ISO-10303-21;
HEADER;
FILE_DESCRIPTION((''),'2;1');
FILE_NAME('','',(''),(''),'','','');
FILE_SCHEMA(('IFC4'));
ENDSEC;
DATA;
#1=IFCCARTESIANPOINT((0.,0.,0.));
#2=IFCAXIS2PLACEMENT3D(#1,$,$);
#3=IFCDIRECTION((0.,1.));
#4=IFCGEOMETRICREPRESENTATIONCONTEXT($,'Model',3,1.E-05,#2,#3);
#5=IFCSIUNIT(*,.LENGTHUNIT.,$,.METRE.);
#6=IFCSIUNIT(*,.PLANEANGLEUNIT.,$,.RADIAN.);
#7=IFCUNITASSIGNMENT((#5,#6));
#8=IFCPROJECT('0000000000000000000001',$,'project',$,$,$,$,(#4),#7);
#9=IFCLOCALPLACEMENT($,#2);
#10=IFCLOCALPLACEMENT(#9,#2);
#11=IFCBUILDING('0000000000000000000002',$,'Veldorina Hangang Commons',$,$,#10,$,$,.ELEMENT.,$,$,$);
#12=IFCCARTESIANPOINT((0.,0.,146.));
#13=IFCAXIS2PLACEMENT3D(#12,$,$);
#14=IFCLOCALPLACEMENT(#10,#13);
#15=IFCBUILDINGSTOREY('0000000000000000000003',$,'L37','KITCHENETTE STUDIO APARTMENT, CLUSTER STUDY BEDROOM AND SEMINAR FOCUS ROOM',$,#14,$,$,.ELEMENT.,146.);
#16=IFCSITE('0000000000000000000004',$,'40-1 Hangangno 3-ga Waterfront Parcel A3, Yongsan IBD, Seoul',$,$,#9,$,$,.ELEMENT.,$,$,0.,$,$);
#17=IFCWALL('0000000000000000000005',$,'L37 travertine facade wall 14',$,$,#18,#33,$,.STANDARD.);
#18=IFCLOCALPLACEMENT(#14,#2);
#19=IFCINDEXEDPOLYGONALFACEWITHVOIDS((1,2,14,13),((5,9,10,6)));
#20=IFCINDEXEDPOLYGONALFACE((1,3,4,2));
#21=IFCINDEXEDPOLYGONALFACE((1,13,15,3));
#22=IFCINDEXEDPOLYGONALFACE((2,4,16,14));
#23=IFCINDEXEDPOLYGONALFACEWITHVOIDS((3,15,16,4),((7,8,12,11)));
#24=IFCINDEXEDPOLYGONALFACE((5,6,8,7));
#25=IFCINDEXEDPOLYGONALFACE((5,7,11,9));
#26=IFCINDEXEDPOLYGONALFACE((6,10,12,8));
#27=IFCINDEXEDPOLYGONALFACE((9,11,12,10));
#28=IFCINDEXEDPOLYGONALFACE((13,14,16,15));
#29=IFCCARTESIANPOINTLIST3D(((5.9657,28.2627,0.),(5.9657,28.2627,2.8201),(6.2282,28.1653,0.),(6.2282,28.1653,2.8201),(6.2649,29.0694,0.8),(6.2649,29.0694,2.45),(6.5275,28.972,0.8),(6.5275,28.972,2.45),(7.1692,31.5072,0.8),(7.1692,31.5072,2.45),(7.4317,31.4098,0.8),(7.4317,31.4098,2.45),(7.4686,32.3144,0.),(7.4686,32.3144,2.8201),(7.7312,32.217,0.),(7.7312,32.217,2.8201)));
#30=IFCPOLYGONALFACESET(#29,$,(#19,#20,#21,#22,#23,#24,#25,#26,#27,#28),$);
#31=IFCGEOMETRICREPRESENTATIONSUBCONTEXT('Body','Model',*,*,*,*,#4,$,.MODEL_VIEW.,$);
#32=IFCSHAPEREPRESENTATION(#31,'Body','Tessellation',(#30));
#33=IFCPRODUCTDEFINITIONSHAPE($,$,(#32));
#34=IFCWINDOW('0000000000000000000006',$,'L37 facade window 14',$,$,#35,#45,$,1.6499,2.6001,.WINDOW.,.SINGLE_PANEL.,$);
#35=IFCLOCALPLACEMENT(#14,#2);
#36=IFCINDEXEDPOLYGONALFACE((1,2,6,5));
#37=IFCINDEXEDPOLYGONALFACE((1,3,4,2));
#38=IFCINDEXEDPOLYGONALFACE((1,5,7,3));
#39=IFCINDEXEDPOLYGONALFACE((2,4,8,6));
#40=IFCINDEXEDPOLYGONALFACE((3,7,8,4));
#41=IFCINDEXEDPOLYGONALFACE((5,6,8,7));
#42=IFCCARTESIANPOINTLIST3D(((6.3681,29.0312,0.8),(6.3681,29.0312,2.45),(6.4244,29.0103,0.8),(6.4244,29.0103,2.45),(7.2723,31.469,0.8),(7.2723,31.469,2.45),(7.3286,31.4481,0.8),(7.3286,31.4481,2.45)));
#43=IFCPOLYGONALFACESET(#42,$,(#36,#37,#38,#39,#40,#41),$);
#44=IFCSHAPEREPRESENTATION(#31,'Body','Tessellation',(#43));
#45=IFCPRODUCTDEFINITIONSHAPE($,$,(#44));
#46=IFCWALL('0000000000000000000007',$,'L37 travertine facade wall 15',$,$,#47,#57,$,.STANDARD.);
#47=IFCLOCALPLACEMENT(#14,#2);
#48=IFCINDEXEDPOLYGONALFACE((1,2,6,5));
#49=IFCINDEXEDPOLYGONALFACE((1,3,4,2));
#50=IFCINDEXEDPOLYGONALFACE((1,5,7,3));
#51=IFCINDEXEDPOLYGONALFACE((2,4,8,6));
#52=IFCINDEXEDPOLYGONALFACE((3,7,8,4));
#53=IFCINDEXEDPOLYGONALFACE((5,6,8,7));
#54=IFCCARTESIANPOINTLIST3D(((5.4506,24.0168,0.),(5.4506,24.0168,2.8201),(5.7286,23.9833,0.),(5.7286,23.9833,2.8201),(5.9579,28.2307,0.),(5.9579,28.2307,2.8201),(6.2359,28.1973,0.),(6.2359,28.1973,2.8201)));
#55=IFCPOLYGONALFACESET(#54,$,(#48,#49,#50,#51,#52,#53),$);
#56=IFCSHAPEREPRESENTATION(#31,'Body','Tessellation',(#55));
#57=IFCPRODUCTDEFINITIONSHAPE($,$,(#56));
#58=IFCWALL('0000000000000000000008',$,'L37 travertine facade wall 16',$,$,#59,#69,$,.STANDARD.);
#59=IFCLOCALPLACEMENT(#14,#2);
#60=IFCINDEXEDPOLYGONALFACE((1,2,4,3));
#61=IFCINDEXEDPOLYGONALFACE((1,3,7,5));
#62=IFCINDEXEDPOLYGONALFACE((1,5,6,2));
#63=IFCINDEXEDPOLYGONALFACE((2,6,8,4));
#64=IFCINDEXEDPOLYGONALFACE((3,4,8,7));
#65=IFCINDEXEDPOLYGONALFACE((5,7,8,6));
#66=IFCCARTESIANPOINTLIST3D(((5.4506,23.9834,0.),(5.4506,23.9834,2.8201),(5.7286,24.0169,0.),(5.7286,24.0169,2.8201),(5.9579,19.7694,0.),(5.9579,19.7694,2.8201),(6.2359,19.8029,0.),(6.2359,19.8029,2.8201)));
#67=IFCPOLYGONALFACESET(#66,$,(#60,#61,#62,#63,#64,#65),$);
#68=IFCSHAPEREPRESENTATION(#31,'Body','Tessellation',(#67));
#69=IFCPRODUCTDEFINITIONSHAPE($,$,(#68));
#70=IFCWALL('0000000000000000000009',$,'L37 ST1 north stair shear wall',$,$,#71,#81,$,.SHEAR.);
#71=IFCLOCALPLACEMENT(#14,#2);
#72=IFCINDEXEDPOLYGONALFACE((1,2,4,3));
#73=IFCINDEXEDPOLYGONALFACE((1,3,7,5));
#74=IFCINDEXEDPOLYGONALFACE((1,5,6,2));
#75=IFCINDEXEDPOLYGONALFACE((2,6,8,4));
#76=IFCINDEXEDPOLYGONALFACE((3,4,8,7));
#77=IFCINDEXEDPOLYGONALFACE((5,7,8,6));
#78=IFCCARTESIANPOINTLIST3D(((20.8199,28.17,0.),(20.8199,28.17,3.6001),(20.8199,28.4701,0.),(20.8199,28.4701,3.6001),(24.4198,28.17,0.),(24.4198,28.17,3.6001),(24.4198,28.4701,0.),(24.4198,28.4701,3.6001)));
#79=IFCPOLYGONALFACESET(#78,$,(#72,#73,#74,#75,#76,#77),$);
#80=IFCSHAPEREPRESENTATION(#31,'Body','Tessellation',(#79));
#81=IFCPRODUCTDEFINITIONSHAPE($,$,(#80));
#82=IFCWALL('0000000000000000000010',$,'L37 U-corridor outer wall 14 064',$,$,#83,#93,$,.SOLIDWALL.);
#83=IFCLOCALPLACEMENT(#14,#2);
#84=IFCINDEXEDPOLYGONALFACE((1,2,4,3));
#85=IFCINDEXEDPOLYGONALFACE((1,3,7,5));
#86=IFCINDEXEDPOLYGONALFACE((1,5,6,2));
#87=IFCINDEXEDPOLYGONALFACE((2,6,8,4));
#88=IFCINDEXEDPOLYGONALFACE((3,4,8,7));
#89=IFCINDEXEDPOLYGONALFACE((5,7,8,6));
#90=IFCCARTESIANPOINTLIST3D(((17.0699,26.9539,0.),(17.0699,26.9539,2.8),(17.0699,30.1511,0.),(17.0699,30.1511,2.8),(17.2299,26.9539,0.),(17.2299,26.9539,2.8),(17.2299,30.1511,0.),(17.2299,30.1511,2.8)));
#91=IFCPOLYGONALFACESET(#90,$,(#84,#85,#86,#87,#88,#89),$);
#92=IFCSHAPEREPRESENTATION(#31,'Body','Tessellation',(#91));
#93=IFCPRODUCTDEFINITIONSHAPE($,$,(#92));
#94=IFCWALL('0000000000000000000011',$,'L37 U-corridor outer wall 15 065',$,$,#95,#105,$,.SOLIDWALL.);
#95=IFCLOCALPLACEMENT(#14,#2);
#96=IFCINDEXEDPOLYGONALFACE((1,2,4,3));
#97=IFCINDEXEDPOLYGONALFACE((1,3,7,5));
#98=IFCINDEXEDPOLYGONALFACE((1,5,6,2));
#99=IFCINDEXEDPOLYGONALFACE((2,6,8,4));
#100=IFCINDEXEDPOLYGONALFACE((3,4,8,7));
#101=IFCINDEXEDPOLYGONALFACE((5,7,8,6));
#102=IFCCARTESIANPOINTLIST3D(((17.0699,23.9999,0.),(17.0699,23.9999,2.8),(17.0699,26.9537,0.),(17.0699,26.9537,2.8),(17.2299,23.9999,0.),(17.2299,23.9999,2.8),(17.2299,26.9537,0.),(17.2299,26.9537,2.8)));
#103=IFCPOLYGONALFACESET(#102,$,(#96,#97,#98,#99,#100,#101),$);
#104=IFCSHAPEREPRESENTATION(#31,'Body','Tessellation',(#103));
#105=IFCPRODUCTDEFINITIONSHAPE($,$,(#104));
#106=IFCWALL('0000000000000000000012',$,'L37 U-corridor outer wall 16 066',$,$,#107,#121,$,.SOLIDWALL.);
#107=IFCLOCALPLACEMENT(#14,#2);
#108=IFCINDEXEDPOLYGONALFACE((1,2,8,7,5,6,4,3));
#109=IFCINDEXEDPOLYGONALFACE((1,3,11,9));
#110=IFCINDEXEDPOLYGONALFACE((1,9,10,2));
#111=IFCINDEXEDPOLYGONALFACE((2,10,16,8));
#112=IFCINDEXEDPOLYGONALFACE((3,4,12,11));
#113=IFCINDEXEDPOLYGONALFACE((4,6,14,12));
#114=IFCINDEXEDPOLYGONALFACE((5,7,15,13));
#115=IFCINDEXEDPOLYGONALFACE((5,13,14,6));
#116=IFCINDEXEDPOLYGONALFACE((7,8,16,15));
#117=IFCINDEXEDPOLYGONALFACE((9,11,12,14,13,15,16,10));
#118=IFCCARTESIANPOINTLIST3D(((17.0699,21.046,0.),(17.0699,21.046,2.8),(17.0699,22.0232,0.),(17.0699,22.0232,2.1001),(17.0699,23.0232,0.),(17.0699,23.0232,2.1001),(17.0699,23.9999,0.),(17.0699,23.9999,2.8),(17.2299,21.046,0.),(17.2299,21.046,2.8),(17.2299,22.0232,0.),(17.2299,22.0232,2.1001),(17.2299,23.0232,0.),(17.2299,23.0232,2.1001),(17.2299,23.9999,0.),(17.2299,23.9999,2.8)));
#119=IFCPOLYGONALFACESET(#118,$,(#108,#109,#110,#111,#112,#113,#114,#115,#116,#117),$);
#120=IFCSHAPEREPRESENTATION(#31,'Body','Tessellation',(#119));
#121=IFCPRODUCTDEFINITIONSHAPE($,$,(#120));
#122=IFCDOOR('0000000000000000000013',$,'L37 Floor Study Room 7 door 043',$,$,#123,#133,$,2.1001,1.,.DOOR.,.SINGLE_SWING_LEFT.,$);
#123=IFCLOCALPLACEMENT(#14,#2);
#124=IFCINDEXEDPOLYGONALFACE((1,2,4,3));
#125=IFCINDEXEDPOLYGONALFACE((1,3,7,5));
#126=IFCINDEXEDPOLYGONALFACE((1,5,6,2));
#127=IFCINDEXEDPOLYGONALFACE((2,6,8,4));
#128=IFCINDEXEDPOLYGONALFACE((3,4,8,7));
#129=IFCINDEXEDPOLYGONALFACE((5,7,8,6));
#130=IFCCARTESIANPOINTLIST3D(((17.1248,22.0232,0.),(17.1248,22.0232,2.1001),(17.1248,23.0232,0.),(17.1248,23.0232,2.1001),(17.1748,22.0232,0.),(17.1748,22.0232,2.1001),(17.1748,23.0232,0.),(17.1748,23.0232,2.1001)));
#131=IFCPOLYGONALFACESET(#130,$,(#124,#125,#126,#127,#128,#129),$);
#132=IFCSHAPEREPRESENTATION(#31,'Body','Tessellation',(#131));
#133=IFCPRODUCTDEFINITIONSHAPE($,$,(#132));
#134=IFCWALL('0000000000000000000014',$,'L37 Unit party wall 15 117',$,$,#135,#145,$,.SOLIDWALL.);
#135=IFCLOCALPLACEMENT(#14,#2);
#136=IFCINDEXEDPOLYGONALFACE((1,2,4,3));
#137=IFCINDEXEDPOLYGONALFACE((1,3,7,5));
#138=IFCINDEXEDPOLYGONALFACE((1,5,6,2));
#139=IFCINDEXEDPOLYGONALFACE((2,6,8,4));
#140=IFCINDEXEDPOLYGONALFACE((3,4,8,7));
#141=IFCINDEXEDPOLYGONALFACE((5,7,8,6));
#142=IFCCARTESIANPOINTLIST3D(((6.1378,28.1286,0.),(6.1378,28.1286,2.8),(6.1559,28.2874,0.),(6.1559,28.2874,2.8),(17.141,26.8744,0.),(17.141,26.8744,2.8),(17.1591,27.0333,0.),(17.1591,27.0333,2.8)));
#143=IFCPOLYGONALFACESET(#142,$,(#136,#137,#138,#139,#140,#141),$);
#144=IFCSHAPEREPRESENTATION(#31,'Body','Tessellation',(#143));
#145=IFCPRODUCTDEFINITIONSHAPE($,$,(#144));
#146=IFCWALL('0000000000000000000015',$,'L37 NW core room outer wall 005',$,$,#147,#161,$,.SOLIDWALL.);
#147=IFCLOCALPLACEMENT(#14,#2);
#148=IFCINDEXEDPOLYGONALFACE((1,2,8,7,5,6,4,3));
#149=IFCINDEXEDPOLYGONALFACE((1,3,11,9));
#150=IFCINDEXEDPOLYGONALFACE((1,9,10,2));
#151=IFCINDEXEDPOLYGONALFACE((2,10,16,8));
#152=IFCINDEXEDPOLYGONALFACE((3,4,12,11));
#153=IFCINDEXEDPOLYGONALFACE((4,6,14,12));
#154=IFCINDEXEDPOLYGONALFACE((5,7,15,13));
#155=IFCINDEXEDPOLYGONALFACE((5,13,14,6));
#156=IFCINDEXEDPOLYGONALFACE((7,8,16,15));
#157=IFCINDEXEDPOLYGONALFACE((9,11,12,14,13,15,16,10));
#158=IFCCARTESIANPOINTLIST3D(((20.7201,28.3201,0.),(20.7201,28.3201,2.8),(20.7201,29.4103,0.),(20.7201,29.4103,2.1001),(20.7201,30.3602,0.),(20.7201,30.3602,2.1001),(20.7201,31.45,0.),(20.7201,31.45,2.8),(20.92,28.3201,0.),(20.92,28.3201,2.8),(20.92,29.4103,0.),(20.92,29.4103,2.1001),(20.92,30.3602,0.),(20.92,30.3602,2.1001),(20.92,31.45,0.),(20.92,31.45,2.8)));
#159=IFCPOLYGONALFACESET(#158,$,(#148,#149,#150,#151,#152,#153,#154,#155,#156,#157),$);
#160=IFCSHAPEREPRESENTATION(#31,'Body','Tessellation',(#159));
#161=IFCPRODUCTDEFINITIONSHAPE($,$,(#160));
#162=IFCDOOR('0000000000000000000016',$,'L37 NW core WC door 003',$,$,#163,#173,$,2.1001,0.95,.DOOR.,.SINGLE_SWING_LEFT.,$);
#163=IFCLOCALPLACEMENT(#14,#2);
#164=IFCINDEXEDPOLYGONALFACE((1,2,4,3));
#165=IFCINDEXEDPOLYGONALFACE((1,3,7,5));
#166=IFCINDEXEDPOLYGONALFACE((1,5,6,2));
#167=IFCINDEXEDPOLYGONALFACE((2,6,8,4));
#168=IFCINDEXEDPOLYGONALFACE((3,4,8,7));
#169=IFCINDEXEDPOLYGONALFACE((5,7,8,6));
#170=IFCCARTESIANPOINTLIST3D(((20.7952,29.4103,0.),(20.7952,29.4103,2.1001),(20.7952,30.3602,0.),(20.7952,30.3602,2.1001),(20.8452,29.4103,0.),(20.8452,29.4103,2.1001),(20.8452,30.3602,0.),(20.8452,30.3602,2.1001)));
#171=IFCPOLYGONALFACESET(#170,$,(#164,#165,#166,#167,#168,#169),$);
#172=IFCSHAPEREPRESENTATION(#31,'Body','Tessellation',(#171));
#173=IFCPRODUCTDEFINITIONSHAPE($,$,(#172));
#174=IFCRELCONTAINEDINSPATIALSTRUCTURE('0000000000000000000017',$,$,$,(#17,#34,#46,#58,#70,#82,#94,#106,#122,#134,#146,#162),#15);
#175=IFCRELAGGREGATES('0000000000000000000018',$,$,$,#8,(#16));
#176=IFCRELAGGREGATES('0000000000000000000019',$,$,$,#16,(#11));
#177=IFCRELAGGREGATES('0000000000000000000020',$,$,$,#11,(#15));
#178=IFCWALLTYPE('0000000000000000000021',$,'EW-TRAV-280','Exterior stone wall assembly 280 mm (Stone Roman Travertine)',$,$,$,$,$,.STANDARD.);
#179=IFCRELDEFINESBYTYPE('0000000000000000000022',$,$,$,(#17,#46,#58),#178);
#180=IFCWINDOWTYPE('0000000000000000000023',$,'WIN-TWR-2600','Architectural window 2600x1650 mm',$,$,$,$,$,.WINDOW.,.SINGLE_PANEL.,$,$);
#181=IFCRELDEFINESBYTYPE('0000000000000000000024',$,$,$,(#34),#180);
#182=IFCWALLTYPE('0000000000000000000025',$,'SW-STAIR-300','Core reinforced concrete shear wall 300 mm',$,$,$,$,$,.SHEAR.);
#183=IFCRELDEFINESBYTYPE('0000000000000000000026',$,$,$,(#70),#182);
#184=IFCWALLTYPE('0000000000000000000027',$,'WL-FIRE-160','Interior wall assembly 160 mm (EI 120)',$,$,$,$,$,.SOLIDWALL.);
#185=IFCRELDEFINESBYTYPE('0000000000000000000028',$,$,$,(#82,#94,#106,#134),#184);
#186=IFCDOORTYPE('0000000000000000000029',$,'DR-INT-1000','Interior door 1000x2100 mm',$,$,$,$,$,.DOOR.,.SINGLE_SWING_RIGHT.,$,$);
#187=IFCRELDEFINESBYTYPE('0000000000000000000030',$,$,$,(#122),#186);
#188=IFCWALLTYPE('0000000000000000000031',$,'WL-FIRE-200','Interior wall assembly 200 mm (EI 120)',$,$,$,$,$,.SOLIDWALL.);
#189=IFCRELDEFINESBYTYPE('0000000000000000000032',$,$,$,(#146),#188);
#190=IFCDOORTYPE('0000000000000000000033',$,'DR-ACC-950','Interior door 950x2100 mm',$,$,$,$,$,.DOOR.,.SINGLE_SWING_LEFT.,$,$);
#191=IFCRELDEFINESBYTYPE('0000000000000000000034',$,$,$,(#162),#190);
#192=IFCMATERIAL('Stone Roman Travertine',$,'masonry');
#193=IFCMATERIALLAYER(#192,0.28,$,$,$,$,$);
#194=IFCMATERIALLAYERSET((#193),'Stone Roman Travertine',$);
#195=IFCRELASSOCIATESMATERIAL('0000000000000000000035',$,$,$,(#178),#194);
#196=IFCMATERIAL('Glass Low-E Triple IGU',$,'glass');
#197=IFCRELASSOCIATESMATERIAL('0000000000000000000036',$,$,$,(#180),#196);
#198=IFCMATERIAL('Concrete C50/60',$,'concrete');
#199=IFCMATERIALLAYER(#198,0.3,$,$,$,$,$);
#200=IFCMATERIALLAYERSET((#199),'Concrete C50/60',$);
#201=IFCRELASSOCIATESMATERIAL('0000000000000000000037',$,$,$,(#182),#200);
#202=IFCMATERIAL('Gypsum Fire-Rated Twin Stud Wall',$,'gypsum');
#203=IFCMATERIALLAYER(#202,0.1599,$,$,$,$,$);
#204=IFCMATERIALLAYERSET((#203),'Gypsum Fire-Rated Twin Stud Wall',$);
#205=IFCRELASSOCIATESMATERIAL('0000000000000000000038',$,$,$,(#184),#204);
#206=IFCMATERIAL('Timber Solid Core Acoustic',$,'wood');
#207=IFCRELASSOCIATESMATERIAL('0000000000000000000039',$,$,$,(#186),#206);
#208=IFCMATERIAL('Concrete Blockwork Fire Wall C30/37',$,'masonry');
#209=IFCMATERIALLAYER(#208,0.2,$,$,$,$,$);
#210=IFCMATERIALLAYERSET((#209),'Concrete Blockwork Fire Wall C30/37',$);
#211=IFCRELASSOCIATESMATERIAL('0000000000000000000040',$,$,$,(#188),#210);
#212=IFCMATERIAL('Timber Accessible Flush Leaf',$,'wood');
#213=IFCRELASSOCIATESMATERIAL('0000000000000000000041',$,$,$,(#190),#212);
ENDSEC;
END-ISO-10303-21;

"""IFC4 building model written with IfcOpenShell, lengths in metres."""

from ifc_helpers import new_model, si_unit, direction, frame, frame_2d, origin, place, context, subcontext, project, spatial, rectangle, extrude, material, layer, layer_set, type_object, element, fill, save


model = new_model("IFC4")

# Units and contexts
model_context = context("Model", 3, precision=1e-05, world=origin(), true_north=direction((0.0, 1.0)))
body_context = subcontext(model_context, "Body", "Model", "MODEL_VIEW")
ifc_project = project(units=[si_unit("LENGTHUNIT", "METRE"), si_unit("PLANEANGLEUNIT", "RADIAN")], contexts=[model_context])

# Site, building, storey
site_placement = place(None, origin())
site = spatial("IfcSite", under=ifc_project, at=site_placement, Name="40-1 Hangangno 3-ga Waterfront Parcel A3, Yongsan IBD, Seoul", CompositionType="ELEMENT", RefElevation=0.0)
building_placement = place(site_placement, origin())
building = spatial("IfcBuilding", under=site, at=building_placement, Name="Veldorina Hangang Commons", CompositionType="ELEMENT")
storey_placement = place(building_placement, frame((0.0, 0.0, 146.0)))
storey = spatial("IfcBuildingStorey", under=building, at=storey_placement, Name="L37", Description="KITCHENETTE STUDIO APARTMENT, CLUSTER STUDY BEDROOM AND SEMINAR FOCUS ROOM", CompositionType="ELEMENT", Elevation=146.0)

# Wall, opening, window
ifc_material_1 = material(Name="Stone Roman Travertine", Category="masonry")
ifc_layer_1 = layer(ifc_material_1, 0.28)
ifc_layer_set_1 = layer_set([ifc_layer_1], Name="Stone Roman Travertine")
wall_type_1 = type_object("IfcWallType", Name="EW-TRAV-280", Description="Exterior stone wall assembly 280 mm (Stone Roman Travertine)", PredefinedType="STANDARD", material=ifc_layer_set_1)
wall_1_placement = place(storey_placement, frame((7.5999, 32.2656, 0.0), z_axis=(0.0, 0.0, 1.0), x_axis=(-0.347778, -0.937577, 0.0)))
wall_1 = element("IfcWall", 1, at=wall_1_placement, inside=storey, type_object=wall_type_1, Name="L37 travertine facade wall 14", PredefinedType="STANDARD", context=body_context, shape_type="SweptSolid", body=[
    extrude(rectangle(XDim=4.3215, YDim=0.28, at=frame_2d((2.1606, 0.0))), origin(), (0.0, 0.0, 1.0), 2.8201),
])
opening_1_placement = place(wall_1_placement, frame((0.8608, 0.0, 0.8)))
opening_1 = element("IfcOpeningElement", 2, at=opening_1_placement, cuts=wall_1, PredefinedType="OPENING", context=body_context, shape_type="SweptSolid", body=[
    extrude(rectangle(XDim=2.6001, YDim=1.6499, at=frame_2d((1.3, 0.825))), frame((0.0, 0.1499, 0.0), z_axis=(0.0, -1.0, 0.0), x_axis=(1.0, 0.0, 0.0)), (0.0, 0.0, 1.0), 0.3),
])
ifc_material_2 = material(Name="Glass Low-E Triple IGU", Category="glass")
window_type = type_object("IfcWindowType", Name="WIN-TWR-2600", Description="Architectural window 2600x1650 mm", PartitioningType="SINGLE_PANEL", PredefinedType="WINDOW", material=ifc_material_2)
window_placement = place(opening_1_placement, origin())
window = element("IfcWindow", 3, at=window_placement, inside=storey, type_object=window_type, Name="L37 facade window 14", OverallHeight=1.6499, OverallWidth=2.6001, PartitioningType="SINGLE_PANEL", PredefinedType="WINDOW", context=body_context, shape_type="SweptSolid", body=[
    extrude(rectangle(XDim=2.6001, YDim=1.6499, at=frame_2d((1.3, 0.825))), frame((0.0, 0.03, 0.0), z_axis=(0.0, -1.0, 0.0), x_axis=(1.0, 0.0, 0.0)), (0.0, 0.0, 1.0), 0.0601),
])
fill(opening_1, window)

# Walls
for number, where, z_axis, x_axis, name in (
    (4, (6.0969, 28.2139, 0.0), (0.0, 0.0, 1.0), (-0.119531, -0.99283, 0.0), "L37 travertine facade wall 15"),
    (5, (5.5896, 24.0, 0.0), (0.0, 0.0, 1.0), (0.119531, -0.99283, 0.0), "L37 travertine facade wall 16"),
):
    element("IfcWall", number, at=place(storey_placement, frame(where, z_axis=z_axis, x_axis=x_axis)), inside=storey, type_object=wall_type_1, Name=name, PredefinedType="STANDARD", context=body_context, shape_type="SweptSolid", body=[
        extrude(rectangle(XDim=4.2444, YDim=0.28, at=frame_2d((2.1221, 0.0))), origin(), (0.0, 0.0, 1.0), 2.8201),
    ])
ifc_material_3 = material(Name="Concrete C50/60", Category="concrete")
ifc_layer_2 = layer(ifc_material_3, 0.3)
ifc_layer_set_2 = layer_set([ifc_layer_2], Name="Concrete C50/60")
wall_type_2 = type_object("IfcWallType", Name="SW-STAIR-300", Description="Core reinforced concrete shear wall 300 mm", PredefinedType="SHEAR", material=ifc_layer_set_2)
wall_2_placement = place(storey_placement, frame((20.8201, 28.3201, 0.0), z_axis=(0.0, 0.0, 1.0), x_axis=(1.0, 0.0, 0.0)))
element("IfcWall", 6, at=wall_2_placement, inside=storey, type_object=wall_type_2, Name="L37 ST1 north stair shear wall", PredefinedType="SHEAR", context=body_context, shape_type="SweptSolid", body=[
    extrude(rectangle(XDim=3.5999, YDim=0.3, at=frame_2d((1.7998, 0.0))), origin(), (0.0, 0.0, 1.0), 3.6001),
])
ifc_material_4 = material(Name="Gypsum Fire-Rated Twin Stud Wall", Category="gypsum")
ifc_layer_3 = layer(ifc_material_4, 0.1599)
ifc_layer_set_3 = layer_set([ifc_layer_3], Name="Gypsum Fire-Rated Twin Stud Wall")
wall_type_3 = type_object("IfcWallType", Name="WL-FIRE-160", Description="Interior wall assembly 160 mm (EI 120)", PredefinedType="SOLIDWALL", material=ifc_layer_set_3)
wall_3_placement = place(storey_placement, frame((17.1499, 30.1511, 0.0), z_axis=(0.0, 0.0, 1.0), x_axis=(0.0, -1.0, 0.0)))
element("IfcWall", 7, at=wall_3_placement, inside=storey, type_object=wall_type_3, Name="L37 U-corridor outer wall 14 064", PredefinedType="SOLIDWALL", context=body_context, shape_type="SweptSolid", body=[
    extrude(rectangle(XDim=3.1973, YDim=0.1599, at=frame_2d((1.5986, 0.0))), origin(), (0.0, 0.0, 1.0), 2.8),
])
wall_4_placement = place(storey_placement, frame((17.1499, 26.9539, 0.0), z_axis=(0.0, 0.0, 1.0), x_axis=(0.0, -1.0, 0.0)))
element("IfcWall", 8, at=wall_4_placement, inside=storey, type_object=wall_type_3, Name="L37 U-corridor outer wall 15 065", PredefinedType="SOLIDWALL", context=body_context, shape_type="SweptSolid", body=[
    extrude(rectangle(XDim=2.9539, YDim=0.1599, at=frame_2d((1.4771, 0.0))), origin(), (0.0, 0.0, 1.0), 2.8),
])

# Wall, opening, door
wall_5_placement = place(storey_placement, frame((17.1499, 24.0, 0.0), z_axis=(0.0, 0.0, 1.0), x_axis=(0.0, -1.0, 0.0)))
wall_5 = element("IfcWall", 9, at=wall_5_placement, inside=storey, type_object=wall_type_3, Name="L37 U-corridor outer wall 16 066", PredefinedType="SOLIDWALL", context=body_context, shape_type="SweptSolid", body=[
    extrude(rectangle(XDim=2.9539, YDim=0.1599, at=frame_2d((1.4771, 0.0))), origin(), (0.0, 0.0, 1.0), 2.8),
])
opening_2_placement = place(wall_5_placement, frame((0.9768, 0.0, 0.0)))
opening_2 = element("IfcOpeningElement", 10, at=opening_2_placement, cuts=wall_5, PredefinedType="OPENING", context=body_context, shape_type="SweptSolid", body=[
    extrude(rectangle(XDim=1.0, YDim=2.1001, at=frame_2d((0.5, 1.05))), frame((0.0, 0.0898, 0.0), z_axis=(0.0, -1.0, 0.0), x_axis=(1.0, 0.0, 0.0)), (0.0, 0.0, 1.0), 0.1799),
])
ifc_material_5 = material(Name="Timber Solid Core Acoustic", Category="wood")
door_type_1 = type_object("IfcDoorType", Name="DR-INT-1000", Description="Interior door 1000x2100 mm", OperationType="SINGLE_SWING_RIGHT", PredefinedType="DOOR", material=ifc_material_5)
door_1_placement = place(opening_2_placement, origin())
door_1 = element("IfcDoor", 11, at=door_1_placement, inside=storey, type_object=door_type_1, Name="L37 Floor Study Room 7 door 043", OperationType="SINGLE_SWING_LEFT", OverallHeight=2.1001, OverallWidth=1.0, PredefinedType="DOOR", context=body_context, shape_type="SweptSolid", body=[
    extrude(rectangle(XDim=1.0, YDim=2.1001, at=frame_2d((0.5, 1.05))), frame((0.0, 0.0249, 0.0), z_axis=(0.0, -1.0, 0.0), x_axis=(1.0, 0.0, 0.0)), (0.0, 0.0, 1.0), 0.05),
])
fill(opening_2, door_1)

# Wall
wall_6_placement = place(storey_placement, frame((17.1499, 26.9539, 0.0), z_axis=(0.0, 0.0, 1.0), x_axis=(-0.993567, 0.113248, 0.0)))
element("IfcWall", 12, at=wall_6_placement, inside=storey, type_object=wall_type_3, Name="L37 Unit party wall 15 117", PredefinedType="SOLIDWALL", context=body_context, shape_type="SweptSolid", body=[
    extrude(rectangle(XDim=11.0745, YDim=0.1599, at=frame_2d((5.5371, 0.0))), origin(), (0.0, 0.0, 1.0), 2.8),
])

# Wall, opening, door
ifc_material_6 = material(Name="Concrete Blockwork Fire Wall C30/37", Category="masonry")
ifc_layer_4 = layer(ifc_material_6, 0.2)
ifc_layer_set_4 = layer_set([ifc_layer_4], Name="Concrete Blockwork Fire Wall C30/37")
wall_type_4 = type_object("IfcWallType", Name="WL-FIRE-200", Description="Interior wall assembly 200 mm (EI 120)", PredefinedType="SOLIDWALL", material=ifc_layer_set_4)
wall_7_placement = place(storey_placement, frame((20.8201, 28.3201, 0.0), z_axis=(0.0, 0.0, 1.0), x_axis=(0.0, 1.0, 0.0)))
wall_7 = element("IfcWall", 13, at=wall_7_placement, inside=storey, type_object=wall_type_4, Name="L37 NW core room outer wall 005", PredefinedType="SOLIDWALL", context=body_context, shape_type="SweptSolid", body=[
    extrude(rectangle(XDim=3.1299, YDim=0.2, at=frame_2d((1.5649, 0.0))), origin(), (0.0, 0.0, 1.0), 2.8),
])
opening_3_placement = place(wall_7_placement, frame((1.0901, 0.0, 0.0)))
opening_3 = element("IfcOpeningElement", 14, at=opening_3_placement, cuts=wall_7, PredefinedType="OPENING", context=body_context, shape_type="SweptSolid", body=[
    extrude(rectangle(XDim=0.95, YDim=2.1001, at=frame_2d((0.4751, 1.05))), frame((0.0, 0.1099, 0.0), z_axis=(0.0, -1.0, 0.0), x_axis=(1.0, 0.0, 0.0)), (0.0, 0.0, 1.0), 0.22),
])
ifc_material_7 = material(Name="Timber Accessible Flush Leaf", Category="wood")
door_type_2 = type_object("IfcDoorType", Name="DR-ACC-950", Description="Interior door 950x2100 mm", OperationType="SINGLE_SWING_LEFT", PredefinedType="DOOR", material=ifc_material_7)
door_2_placement = place(opening_3_placement, origin())
door_2 = element("IfcDoor", 15, at=door_2_placement, inside=storey, type_object=door_type_2, Name="L37 NW core WC door 003", OperationType="SINGLE_SWING_LEFT", OverallHeight=2.1001, OverallWidth=0.95, PredefinedType="DOOR", context=body_context, shape_type="SweptSolid", body=[
    extrude(rectangle(XDim=0.95, YDim=2.1001, at=frame_2d((0.4751, 1.05))), frame((0.0, 0.0249, 0.0), z_axis=(0.0, -1.0, 0.0), x_axis=(1.0, 0.0, 0.0)), (0.0, 0.0, 1.0), 0.05),
])
fill(opening_3, door_2)

save(model, "model.ifc")
